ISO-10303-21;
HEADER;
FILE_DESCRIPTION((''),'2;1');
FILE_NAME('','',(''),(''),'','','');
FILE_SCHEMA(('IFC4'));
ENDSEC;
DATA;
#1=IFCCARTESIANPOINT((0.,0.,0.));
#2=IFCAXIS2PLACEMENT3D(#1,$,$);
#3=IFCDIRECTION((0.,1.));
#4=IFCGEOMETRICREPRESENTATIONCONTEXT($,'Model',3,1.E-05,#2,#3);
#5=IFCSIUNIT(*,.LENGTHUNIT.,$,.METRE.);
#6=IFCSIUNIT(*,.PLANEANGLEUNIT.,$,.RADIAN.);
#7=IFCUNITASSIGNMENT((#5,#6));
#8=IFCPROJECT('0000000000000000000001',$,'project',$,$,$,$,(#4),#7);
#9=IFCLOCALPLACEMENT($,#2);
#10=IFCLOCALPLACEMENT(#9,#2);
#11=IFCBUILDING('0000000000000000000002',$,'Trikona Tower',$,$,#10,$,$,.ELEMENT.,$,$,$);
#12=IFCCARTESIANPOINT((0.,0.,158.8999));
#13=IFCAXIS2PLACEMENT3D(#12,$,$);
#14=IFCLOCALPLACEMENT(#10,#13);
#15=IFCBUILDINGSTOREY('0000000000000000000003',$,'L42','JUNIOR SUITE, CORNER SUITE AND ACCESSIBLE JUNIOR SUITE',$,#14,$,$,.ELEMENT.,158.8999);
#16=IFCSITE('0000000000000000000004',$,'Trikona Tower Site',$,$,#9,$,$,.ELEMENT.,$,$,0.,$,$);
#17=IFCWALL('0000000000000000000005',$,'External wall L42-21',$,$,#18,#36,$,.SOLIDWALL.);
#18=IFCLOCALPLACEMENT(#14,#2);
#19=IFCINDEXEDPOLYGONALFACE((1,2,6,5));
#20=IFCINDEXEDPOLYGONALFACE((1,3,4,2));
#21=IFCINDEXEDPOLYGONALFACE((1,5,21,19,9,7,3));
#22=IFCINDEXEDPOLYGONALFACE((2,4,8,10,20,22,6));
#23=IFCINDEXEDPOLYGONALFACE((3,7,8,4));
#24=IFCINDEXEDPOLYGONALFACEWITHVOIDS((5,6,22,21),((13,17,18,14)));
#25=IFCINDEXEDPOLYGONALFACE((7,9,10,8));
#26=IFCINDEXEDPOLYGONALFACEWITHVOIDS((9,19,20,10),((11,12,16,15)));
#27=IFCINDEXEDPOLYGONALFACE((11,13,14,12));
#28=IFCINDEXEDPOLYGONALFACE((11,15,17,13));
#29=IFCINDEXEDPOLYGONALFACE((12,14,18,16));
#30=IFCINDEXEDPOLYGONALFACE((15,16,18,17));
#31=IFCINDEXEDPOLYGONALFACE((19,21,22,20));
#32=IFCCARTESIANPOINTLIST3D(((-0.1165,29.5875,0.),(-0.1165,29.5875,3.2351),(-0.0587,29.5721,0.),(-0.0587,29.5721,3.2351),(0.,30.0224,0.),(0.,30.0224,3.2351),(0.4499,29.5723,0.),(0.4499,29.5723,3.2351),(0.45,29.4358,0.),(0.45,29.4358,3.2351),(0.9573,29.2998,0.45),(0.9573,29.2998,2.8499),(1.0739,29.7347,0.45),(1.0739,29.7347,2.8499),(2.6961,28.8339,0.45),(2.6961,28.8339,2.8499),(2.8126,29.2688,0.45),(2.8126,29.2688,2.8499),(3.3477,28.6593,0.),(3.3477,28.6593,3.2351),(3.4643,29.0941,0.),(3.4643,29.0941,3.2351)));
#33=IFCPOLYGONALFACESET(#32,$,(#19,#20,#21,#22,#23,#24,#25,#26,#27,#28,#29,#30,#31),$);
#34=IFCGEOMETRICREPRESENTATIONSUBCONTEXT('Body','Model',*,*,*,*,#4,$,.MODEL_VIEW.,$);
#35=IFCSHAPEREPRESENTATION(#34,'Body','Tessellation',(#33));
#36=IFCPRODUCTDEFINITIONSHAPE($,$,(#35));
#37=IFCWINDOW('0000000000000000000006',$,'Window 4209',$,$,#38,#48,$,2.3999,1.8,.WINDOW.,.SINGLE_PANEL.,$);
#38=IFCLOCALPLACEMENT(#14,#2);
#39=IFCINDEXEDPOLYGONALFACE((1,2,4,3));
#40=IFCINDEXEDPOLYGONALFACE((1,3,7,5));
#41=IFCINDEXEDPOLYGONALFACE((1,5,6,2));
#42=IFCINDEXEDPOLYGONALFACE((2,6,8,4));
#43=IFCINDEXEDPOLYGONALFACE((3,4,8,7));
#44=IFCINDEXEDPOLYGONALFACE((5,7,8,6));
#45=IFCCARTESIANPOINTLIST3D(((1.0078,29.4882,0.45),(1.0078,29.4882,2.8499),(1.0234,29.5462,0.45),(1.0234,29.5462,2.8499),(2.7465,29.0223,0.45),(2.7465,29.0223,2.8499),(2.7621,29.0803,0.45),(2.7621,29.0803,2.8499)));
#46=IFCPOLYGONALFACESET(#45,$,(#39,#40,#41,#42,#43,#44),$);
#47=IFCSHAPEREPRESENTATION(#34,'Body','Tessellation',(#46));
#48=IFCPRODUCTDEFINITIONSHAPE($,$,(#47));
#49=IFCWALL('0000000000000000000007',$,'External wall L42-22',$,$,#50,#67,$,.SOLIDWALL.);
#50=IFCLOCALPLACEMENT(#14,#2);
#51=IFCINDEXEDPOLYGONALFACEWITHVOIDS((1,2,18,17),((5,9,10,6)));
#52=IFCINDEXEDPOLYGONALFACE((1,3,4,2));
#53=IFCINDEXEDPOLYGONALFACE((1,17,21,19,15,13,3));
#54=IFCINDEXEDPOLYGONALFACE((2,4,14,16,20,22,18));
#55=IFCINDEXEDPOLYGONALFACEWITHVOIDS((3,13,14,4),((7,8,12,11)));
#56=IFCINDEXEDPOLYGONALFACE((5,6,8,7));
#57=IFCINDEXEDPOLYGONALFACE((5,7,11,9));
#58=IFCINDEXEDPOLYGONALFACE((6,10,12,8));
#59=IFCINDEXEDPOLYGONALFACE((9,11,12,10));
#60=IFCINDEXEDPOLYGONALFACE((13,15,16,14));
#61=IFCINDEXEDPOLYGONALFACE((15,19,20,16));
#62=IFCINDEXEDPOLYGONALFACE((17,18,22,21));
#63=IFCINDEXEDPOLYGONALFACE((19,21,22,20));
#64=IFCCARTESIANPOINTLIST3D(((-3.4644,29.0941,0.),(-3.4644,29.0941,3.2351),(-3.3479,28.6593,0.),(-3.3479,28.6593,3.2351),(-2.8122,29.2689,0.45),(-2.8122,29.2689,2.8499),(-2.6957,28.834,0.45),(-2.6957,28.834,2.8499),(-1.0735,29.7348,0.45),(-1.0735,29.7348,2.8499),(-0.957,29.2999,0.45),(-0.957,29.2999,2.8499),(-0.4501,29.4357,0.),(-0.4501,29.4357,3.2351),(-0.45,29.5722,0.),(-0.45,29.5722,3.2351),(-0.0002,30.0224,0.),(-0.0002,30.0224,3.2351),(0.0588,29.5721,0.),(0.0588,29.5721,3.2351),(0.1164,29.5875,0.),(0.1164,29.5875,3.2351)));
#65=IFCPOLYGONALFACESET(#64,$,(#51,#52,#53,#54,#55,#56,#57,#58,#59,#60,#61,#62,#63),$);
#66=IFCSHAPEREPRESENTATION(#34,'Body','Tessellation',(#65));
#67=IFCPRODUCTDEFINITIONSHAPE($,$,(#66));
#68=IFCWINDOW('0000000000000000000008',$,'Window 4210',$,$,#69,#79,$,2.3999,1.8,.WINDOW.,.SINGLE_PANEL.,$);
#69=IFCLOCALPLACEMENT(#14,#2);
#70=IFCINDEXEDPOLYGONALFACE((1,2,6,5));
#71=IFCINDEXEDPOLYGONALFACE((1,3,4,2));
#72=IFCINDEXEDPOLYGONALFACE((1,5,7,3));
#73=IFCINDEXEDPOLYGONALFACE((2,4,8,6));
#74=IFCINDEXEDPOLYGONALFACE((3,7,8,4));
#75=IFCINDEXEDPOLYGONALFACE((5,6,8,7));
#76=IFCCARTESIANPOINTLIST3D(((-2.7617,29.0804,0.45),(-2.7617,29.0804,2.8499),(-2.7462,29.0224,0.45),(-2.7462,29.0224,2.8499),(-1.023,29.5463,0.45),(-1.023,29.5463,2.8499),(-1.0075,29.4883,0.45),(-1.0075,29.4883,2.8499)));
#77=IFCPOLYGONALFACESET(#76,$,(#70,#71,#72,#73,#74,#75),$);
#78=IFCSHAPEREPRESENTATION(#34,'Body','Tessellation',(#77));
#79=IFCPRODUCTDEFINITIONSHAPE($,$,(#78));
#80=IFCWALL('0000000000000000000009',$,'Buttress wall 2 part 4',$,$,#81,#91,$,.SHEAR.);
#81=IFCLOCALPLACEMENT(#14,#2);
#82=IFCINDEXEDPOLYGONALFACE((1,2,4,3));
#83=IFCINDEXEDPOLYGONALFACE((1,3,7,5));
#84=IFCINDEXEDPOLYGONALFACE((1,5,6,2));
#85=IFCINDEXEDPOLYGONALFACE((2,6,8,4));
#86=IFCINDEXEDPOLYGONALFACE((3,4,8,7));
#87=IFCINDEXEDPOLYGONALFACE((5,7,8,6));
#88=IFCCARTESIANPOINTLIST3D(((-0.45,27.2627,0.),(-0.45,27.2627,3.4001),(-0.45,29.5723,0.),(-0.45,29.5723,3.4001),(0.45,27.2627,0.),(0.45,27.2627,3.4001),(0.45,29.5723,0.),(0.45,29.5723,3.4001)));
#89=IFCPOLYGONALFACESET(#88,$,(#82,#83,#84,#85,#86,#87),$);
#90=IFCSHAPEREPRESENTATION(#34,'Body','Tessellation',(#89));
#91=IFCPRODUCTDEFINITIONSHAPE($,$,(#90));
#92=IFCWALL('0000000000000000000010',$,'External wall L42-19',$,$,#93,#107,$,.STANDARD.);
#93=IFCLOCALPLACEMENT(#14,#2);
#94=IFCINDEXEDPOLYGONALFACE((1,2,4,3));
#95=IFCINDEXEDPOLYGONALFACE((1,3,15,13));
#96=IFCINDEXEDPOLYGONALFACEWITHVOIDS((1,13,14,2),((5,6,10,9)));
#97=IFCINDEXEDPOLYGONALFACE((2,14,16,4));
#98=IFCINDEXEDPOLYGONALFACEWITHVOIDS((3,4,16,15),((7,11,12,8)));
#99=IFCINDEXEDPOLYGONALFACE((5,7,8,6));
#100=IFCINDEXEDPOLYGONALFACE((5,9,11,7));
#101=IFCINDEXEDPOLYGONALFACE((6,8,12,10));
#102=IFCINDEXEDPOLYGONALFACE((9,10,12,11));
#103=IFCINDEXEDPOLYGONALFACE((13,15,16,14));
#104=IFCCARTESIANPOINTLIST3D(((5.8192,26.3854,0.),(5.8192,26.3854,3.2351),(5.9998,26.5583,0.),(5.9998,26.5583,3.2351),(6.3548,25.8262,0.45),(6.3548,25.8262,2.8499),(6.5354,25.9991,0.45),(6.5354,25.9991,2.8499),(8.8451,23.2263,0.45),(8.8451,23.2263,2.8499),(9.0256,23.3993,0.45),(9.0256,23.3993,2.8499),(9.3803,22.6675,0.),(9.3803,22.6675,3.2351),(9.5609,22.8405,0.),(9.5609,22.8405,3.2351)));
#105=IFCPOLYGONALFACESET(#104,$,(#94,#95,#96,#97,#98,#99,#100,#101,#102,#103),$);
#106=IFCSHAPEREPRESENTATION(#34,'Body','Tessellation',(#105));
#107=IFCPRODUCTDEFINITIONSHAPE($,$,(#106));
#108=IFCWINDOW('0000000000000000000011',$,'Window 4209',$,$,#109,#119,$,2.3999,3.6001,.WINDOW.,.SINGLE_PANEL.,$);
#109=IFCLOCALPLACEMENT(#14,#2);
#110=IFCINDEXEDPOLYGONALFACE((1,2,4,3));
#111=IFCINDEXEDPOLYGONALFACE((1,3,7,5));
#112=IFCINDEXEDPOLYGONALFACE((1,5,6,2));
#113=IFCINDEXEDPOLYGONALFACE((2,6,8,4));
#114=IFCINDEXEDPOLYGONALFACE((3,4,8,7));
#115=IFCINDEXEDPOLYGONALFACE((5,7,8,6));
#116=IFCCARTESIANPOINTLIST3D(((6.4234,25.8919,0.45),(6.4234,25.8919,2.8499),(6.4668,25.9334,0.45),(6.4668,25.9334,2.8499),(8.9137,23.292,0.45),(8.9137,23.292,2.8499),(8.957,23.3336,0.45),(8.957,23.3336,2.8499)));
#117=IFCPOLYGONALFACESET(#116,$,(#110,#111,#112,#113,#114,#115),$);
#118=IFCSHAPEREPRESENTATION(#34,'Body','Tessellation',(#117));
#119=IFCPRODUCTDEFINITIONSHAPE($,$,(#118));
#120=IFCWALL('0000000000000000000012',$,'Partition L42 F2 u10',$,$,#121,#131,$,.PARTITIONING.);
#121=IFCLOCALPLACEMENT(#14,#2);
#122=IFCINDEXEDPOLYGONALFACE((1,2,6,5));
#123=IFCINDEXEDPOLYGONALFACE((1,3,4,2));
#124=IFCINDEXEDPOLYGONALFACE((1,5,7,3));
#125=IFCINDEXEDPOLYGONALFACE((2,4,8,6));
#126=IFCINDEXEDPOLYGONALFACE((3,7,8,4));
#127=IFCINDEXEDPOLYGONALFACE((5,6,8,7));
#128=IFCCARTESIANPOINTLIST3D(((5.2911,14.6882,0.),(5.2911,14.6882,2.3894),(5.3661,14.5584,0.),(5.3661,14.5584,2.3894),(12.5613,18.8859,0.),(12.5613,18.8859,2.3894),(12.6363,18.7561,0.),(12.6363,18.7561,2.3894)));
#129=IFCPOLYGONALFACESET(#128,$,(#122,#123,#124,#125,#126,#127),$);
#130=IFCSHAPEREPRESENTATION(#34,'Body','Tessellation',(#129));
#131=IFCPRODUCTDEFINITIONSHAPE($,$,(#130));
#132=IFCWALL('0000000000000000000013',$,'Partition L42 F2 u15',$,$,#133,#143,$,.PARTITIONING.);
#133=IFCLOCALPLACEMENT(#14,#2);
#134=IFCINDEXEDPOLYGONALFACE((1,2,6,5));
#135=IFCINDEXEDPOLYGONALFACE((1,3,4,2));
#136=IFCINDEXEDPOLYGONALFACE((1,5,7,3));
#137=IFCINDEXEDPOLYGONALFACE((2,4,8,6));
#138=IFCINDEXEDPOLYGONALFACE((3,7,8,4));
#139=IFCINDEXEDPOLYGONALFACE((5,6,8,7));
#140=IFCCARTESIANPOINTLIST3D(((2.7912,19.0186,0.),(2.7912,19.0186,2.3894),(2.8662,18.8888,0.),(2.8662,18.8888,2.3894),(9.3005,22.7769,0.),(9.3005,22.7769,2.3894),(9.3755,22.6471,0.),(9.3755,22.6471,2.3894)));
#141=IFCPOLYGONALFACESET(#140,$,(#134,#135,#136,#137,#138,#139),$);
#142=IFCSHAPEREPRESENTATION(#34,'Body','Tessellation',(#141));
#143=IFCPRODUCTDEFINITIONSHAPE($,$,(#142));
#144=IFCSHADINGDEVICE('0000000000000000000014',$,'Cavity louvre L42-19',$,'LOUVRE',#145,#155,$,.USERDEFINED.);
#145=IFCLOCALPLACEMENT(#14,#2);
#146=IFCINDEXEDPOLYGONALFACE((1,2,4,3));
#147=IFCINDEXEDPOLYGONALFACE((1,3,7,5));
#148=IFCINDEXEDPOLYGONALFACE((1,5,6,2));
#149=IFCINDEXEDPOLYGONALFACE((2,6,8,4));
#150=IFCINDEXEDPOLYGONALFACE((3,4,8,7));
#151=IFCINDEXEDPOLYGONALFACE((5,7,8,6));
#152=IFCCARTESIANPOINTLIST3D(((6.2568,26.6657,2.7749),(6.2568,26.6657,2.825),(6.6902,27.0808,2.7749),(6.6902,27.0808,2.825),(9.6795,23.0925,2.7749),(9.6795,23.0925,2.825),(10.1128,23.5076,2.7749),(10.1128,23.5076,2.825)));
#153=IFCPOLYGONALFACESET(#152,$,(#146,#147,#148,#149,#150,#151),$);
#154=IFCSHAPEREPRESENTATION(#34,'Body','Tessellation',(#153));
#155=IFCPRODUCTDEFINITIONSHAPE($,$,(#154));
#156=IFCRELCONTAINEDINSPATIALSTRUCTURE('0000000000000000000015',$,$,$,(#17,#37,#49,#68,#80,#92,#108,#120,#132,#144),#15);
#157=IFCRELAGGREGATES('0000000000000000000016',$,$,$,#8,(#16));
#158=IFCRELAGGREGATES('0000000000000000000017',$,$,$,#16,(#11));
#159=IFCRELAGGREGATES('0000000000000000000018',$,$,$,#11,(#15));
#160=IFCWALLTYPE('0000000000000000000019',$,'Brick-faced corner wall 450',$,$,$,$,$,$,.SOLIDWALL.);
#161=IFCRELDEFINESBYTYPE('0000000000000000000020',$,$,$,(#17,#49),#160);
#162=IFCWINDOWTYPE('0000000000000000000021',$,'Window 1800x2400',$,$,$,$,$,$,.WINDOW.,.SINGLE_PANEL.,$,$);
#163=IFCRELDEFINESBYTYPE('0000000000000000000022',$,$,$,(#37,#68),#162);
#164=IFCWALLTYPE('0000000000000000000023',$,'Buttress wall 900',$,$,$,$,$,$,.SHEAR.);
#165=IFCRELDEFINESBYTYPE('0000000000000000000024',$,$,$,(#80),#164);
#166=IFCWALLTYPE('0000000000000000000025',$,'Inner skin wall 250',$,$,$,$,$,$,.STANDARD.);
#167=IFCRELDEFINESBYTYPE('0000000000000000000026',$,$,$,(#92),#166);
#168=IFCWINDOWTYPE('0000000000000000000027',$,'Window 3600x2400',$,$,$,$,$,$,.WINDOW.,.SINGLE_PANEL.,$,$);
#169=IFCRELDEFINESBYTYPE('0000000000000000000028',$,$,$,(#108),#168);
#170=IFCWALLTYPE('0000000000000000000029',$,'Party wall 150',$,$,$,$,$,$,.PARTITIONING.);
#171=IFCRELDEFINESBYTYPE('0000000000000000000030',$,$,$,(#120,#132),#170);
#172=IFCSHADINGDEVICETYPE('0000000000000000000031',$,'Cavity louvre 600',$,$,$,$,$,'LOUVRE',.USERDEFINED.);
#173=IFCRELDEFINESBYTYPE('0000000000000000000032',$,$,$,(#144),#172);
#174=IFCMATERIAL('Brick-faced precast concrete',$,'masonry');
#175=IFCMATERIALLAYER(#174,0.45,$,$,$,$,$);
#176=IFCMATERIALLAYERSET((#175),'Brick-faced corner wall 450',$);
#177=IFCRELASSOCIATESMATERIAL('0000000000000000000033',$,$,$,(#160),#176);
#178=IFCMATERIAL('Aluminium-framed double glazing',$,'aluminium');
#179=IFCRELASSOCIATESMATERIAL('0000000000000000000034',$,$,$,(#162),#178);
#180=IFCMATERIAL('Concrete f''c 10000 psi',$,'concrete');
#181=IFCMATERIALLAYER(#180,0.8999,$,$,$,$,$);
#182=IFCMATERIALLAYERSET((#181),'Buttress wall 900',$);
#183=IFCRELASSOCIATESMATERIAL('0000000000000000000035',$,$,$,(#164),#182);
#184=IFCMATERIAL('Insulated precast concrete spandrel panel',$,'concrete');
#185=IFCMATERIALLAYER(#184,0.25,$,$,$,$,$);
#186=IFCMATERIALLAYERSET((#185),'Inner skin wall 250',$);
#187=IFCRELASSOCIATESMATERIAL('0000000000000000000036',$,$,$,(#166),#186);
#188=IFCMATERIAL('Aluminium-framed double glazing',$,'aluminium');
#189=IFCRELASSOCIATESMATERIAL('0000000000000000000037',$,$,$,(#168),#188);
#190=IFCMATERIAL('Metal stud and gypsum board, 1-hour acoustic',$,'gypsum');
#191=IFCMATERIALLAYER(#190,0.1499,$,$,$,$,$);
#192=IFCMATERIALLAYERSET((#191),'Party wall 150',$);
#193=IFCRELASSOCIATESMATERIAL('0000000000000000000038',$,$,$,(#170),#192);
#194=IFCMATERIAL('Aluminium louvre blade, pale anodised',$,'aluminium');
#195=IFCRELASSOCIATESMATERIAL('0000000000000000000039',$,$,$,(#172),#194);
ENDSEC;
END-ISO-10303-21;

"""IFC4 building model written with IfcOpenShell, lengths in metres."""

from ifc_helpers import new_model, si_unit, direction, frame, frame_2d, origin, origin_2d, place, context, subcontext, project, spatial, polyline, rectangle, outline, extrude, material, layer, layer_set, type_object, element, fill, save


model = new_model("IFC4")

# Units and contexts
model_context = context("Model", 3, precision=1e-05, world=origin(), true_north=direction((0.0, 1.0)))
body_context = subcontext(model_context, "Body", "Model", "MODEL_VIEW")
ifc_project = project(units=[si_unit("LENGTHUNIT", "METRE"), si_unit("PLANEANGLEUNIT", "RADIAN")], contexts=[model_context])

# Site, building, storey
site_placement = place(None, origin())
site = spatial("IfcSite", under=ifc_project, at=site_placement, Name="Trikona Tower Site", CompositionType="ELEMENT", RefElevation=0.0)
building_placement = place(site_placement, origin())
building = spatial("IfcBuilding", under=site, at=building_placement, Name="Trikona Tower", CompositionType="ELEMENT")
storey_placement = place(building_placement, frame((0.0, 0.0, 158.8999)))
storey = spatial("IfcBuildingStorey", under=building, at=storey_placement, Name="L42", Description="JUNIOR SUITE, CORNER SUITE AND ACCESSIBLE JUNIOR SUITE", CompositionType="ELEMENT", Elevation=158.8999)

# Walls, openings, windows
ifc_material_1 = material(Name="Brick-faced precast concrete", Category="masonry")
ifc_layer_1 = layer(ifc_material_1, 0.45)
ifc_layer_set_1 = layer_set([ifc_layer_1], Name="Brick-faced corner wall 450")
wall_type_1 = type_object("IfcWallType", Name="Brick-faced corner wall 450", PredefinedType="SOLIDWALL", material=ifc_layer_set_1)
wall_1_placement = place(storey_placement, frame((3.406, 28.8767, 0.0), z_axis=(0.0, 0.0, 1.0), x_axis=(-0.965925, 0.258823, 0.0)))
wall_1 = element("IfcWall", 1, at=wall_1_placement, inside=storey, type_object=wall_type_1, Name="External wall L42-21", PredefinedType="SOLIDWALL", context=body_context, shape_type="SweptSolid", body=[
    extrude(outline(polyline([(3.5864, 0.2251), (3.5266, 0.2251), (3.0354, 0.0933), (3.0, 0.2251), (0.0, 0.2251), (0.0, -0.2251), (3.5864, -0.2251), (3.5864, 0.2251)])), origin(), (0.0, 0.0, 1.0), 3.2351),
])
opening_1_placement = place(wall_1_placement, frame((0.6748, 0.0, 0.45)))
opening_1 = element("IfcOpeningElement", 2, at=opening_1_placement, cuts=wall_1, PredefinedType="OPENING", context=body_context, shape_type="SweptSolid", body=[
    extrude(rectangle(XDim=1.8, YDim=2.3999, at=frame_2d((0.8999, 1.2))), frame((0.0, 0.2349, 0.0), z_axis=(0.0, -1.0, 0.0), x_axis=(1.0, 0.0, 0.0)), (0.0, 0.0, 1.0), 0.47),
])
ifc_material_2 = material(Name="Aluminium-framed double glazing", Category="aluminium")
window_type_1 = type_object("IfcWindowType", Name="Window 1800x2400", PartitioningType="SINGLE_PANEL", PredefinedType="WINDOW", material=ifc_material_2)
window_1_placement = place(opening_1_placement, origin())
window_1 = element("IfcWindow", 3, at=window_1_placement, inside=storey, type_object=window_type_1, Name="Window 4209", OverallHeight=2.3999, OverallWidth=1.8, PartitioningType="SINGLE_PANEL", PredefinedType="WINDOW", context=body_context, shape_type="SweptSolid", body=[
    extrude(rectangle(XDim=1.8, YDim=2.3999, at=frame_2d((0.8999, 1.2))), frame((0.0, 0.03, 0.0), z_axis=(0.0, -1.0, 0.0), x_axis=(1.0, 0.0, 0.0)), (0.0, 0.0, 1.0), 0.0601),
])
fill(opening_1, window_1)
wall_2_placement = place(storey_placement, frame((0.0581, 29.8049, 0.0), z_axis=(0.0, 0.0, 1.0), x_axis=(-0.965925, -0.258823, 0.0)))
wall_2 = element("IfcWall", 4, at=wall_2_placement, inside=storey, type_object=wall_type_1, Name="External wall L42-22", PredefinedType="SOLIDWALL", context=body_context, shape_type="SweptSolid", body=[
    extrude(outline(polyline([(3.5864, 0.2251), (0.5864, 0.2251), (0.551, 0.0933), (0.0596, 0.2251), (0.0, 0.2251), (0.0, -0.2251), (3.5864, -0.2251), (3.5864, 0.2251)])), origin(), (0.0, 0.0, 1.0), 3.2351),
])
opening_2_placement = place(wall_2_placement, frame((1.1113, 0.0, 0.45)))
opening_2 = element("IfcOpeningElement", 5, at=opening_2_placement, cuts=wall_2, PredefinedType="OPENING", context=body_context, shape_type="SweptSolid", body=[
    extrude(rectangle(XDim=1.8, YDim=2.3999, at=frame_2d((0.8999, 1.2))), frame((0.0, 0.2349, 0.0), z_axis=(0.0, -1.0, 0.0), x_axis=(1.0, 0.0, 0.0)), (0.0, 0.0, 1.0), 0.47),
])
window_2_placement = place(opening_2_placement, origin())
window_2 = element("IfcWindow", 6, at=window_2_placement, inside=storey, type_object=window_type_1, Name="Window 4210", OverallHeight=2.3999, OverallWidth=1.8, PartitioningType="SINGLE_PANEL", PredefinedType="WINDOW", context=body_context, shape_type="SweptSolid", body=[
    extrude(rectangle(XDim=1.8, YDim=2.3999, at=frame_2d((0.8999, 1.2))), frame((0.0, 0.03, 0.0), z_axis=(0.0, -1.0, 0.0), x_axis=(1.0, 0.0, 0.0)), (0.0, 0.0, 1.0), 0.0601),
])
fill(opening_2, window_2)

# Wall
ifc_material_3 = material(Name="Concrete f'c 10000 psi", Category="concrete")
ifc_layer_2 = layer(ifc_material_3, 0.8999)
ifc_layer_set_2 = layer_set([ifc_layer_2], Name="Buttress wall 900")
wall_type_2 = type_object("IfcWallType", Name="Buttress wall 900", PredefinedType="SHEAR", material=ifc_layer_set_2)
wall_3_placement = place(storey_placement, frame((0.0, 27.2627, 0.0), z_axis=(0.0, 0.0, 1.0), x_axis=(0.0, 1.0, 0.0)))
element("IfcWall", 7, at=wall_3_placement, inside=storey, type_object=wall_type_2, Name="Buttress wall 2 part 4", PredefinedType="SHEAR", context=body_context, shape_type="SweptSolid", body=[
    extrude(rectangle(XDim=2.3096, YDim=0.8999, at=frame_2d((1.1548, 0.0))), origin(), (0.0, 0.0, 1.0), 3.4001),
])

# Wall, opening, window
ifc_material_4 = material(Name="Insulated precast concrete spandrel panel", Category="concrete")
ifc_layer_3 = layer(ifc_material_4, 0.25)
ifc_layer_set_3 = layer_set([ifc_layer_3], Name="Inner skin wall 250")
wall_type_3 = type_object("IfcWallType", Name="Inner skin wall 250", PredefinedType="STANDARD", material=ifc_layer_set_3)
wall_4_placement = place(storey_placement, frame((9.4707, 22.7539, 0.0), z_axis=(0.0, 0.0, 1.0), x_axis=(-0.69172, 0.722166, 0.0)))
wall_4 = element("IfcWall", 8, at=wall_4_placement, inside=storey, type_object=wall_type_3, Name="External wall L42-19", PredefinedType="STANDARD", context=body_context, shape_type="SweptSolid", body=[
    extrude(rectangle(XDim=5.1482, YDim=0.25, at=frame_2d((2.5742, 0.0))), origin(), (0.0, 0.0, 1.0), 3.2351),
])
opening_3_placement = place(wall_4_placement, frame((0.7739, 0.0, 0.45)))
opening_3 = element("IfcOpeningElement", 9, at=opening_3_placement, cuts=wall_4, PredefinedType="OPENING", context=body_context, shape_type="SweptSolid", body=[
    extrude(rectangle(XDim=3.6001, YDim=2.3999, at=frame_2d((1.8, 1.2))), frame((0.0, 0.135, 0.0), z_axis=(0.0, -1.0, 0.0), x_axis=(1.0, 0.0, 0.0)), (0.0, 0.0, 1.0), 0.27),
])
ifc_material_5 = material(Name="Aluminium-framed double glazing", Category="aluminium")
window_type_2 = type_object("IfcWindowType", Name="Window 3600x2400", PartitioningType="SINGLE_PANEL", PredefinedType="WINDOW", material=ifc_material_5)
window_3_placement = place(opening_3_placement, origin())
window_3 = element("IfcWindow", 10, at=window_3_placement, inside=storey, type_object=window_type_2, Name="Window 4209", OverallHeight=2.3999, OverallWidth=3.6001, PartitioningType="SINGLE_PANEL", PredefinedType="WINDOW", context=body_context, shape_type="SweptSolid", body=[
    extrude(rectangle(XDim=3.6001, YDim=2.3999, at=frame_2d((1.8, 1.2))), frame((0.0, 0.03, 0.0), z_axis=(0.0, -1.0, 0.0), x_axis=(1.0, 0.0, 0.0)), (0.0, 0.0, 1.0), 0.0601),
])
fill(opening_3, window_3)

# Walls
ifc_material_6 = material(Name="Metal stud and gypsum board, 1-hour acoustic", Category="gypsum")
ifc_layer_4 = layer(ifc_material_6, 0.1499)
ifc_layer_set_4 = layer_set([ifc_layer_4], Name="Party wall 150")
wall_type_4 = type_object("IfcWallType", Name="Party wall 150", PredefinedType="PARTITIONING", material=ifc_layer_set_4)
wall_5_placement = place(storey_placement, frame((5.3286, 14.6233, 0.0), z_axis=(0.0, 0.0, 1.0), x_axis=(0.866012, 0.500024, 0.0)))
element("IfcWall", 11, at=wall_5_placement, inside=storey, type_object=wall_type_4, Name="Partition L42 F2 u10", PredefinedType="PARTITIONING", context=body_context, shape_type="SweptSolid", body=[
    extrude(rectangle(XDim=8.395, YDim=0.1499, at=frame_2d((4.1975, 0.0))), origin(), (0.0, 0.0, 1.0), 2.3894),
])
wall_6_placement = place(storey_placement, frame((2.8286, 18.9536, 0.0), z_axis=(0.0, 0.0, 1.0), x_axis=(0.866016, 0.500017, 0.0)))
element("IfcWall", 12, at=wall_6_placement, inside=storey, type_object=wall_type_4, Name="Partition L42 F2 u15", PredefinedType="PARTITIONING", context=body_context, shape_type="SweptSolid", body=[
    extrude(rectangle(XDim=7.5164, YDim=0.1499, at=frame_2d((3.7583, 0.0))), origin(), (0.0, 0.0, 1.0), 2.3894),
])

# Shading device
ifc_material_7 = material(Name="Aluminium louvre blade, pale anodised", Category="aluminium")
shading_device_type = type_object("IfcShadingDeviceType", Name="Cavity louvre 600", ElementType="LOUVRE", PredefinedType="USERDEFINED", material=ifc_material_7)
shading_device_placement = place(storey_placement, frame((8.1848, 25.0867, 2.7749), z_axis=(0.0, 0.0, 1.0), x_axis=(-0.691724, 0.722162, 0.0)))
element("IfcShadingDevice", 13, at=shading_device_placement, inside=storey, type_object=shading_device_type, Name="Cavity louvre L42-19", ObjectType="LOUVRE", PredefinedType="USERDEFINED", context=body_context, shape_type="SweptSolid", body=[
    extrude(rectangle(XDim=4.948, YDim=0.6001, at=origin_2d()), origin(), (0.0, 0.0, 1.0), 0.05),
])

save(model, "model.ifc")
